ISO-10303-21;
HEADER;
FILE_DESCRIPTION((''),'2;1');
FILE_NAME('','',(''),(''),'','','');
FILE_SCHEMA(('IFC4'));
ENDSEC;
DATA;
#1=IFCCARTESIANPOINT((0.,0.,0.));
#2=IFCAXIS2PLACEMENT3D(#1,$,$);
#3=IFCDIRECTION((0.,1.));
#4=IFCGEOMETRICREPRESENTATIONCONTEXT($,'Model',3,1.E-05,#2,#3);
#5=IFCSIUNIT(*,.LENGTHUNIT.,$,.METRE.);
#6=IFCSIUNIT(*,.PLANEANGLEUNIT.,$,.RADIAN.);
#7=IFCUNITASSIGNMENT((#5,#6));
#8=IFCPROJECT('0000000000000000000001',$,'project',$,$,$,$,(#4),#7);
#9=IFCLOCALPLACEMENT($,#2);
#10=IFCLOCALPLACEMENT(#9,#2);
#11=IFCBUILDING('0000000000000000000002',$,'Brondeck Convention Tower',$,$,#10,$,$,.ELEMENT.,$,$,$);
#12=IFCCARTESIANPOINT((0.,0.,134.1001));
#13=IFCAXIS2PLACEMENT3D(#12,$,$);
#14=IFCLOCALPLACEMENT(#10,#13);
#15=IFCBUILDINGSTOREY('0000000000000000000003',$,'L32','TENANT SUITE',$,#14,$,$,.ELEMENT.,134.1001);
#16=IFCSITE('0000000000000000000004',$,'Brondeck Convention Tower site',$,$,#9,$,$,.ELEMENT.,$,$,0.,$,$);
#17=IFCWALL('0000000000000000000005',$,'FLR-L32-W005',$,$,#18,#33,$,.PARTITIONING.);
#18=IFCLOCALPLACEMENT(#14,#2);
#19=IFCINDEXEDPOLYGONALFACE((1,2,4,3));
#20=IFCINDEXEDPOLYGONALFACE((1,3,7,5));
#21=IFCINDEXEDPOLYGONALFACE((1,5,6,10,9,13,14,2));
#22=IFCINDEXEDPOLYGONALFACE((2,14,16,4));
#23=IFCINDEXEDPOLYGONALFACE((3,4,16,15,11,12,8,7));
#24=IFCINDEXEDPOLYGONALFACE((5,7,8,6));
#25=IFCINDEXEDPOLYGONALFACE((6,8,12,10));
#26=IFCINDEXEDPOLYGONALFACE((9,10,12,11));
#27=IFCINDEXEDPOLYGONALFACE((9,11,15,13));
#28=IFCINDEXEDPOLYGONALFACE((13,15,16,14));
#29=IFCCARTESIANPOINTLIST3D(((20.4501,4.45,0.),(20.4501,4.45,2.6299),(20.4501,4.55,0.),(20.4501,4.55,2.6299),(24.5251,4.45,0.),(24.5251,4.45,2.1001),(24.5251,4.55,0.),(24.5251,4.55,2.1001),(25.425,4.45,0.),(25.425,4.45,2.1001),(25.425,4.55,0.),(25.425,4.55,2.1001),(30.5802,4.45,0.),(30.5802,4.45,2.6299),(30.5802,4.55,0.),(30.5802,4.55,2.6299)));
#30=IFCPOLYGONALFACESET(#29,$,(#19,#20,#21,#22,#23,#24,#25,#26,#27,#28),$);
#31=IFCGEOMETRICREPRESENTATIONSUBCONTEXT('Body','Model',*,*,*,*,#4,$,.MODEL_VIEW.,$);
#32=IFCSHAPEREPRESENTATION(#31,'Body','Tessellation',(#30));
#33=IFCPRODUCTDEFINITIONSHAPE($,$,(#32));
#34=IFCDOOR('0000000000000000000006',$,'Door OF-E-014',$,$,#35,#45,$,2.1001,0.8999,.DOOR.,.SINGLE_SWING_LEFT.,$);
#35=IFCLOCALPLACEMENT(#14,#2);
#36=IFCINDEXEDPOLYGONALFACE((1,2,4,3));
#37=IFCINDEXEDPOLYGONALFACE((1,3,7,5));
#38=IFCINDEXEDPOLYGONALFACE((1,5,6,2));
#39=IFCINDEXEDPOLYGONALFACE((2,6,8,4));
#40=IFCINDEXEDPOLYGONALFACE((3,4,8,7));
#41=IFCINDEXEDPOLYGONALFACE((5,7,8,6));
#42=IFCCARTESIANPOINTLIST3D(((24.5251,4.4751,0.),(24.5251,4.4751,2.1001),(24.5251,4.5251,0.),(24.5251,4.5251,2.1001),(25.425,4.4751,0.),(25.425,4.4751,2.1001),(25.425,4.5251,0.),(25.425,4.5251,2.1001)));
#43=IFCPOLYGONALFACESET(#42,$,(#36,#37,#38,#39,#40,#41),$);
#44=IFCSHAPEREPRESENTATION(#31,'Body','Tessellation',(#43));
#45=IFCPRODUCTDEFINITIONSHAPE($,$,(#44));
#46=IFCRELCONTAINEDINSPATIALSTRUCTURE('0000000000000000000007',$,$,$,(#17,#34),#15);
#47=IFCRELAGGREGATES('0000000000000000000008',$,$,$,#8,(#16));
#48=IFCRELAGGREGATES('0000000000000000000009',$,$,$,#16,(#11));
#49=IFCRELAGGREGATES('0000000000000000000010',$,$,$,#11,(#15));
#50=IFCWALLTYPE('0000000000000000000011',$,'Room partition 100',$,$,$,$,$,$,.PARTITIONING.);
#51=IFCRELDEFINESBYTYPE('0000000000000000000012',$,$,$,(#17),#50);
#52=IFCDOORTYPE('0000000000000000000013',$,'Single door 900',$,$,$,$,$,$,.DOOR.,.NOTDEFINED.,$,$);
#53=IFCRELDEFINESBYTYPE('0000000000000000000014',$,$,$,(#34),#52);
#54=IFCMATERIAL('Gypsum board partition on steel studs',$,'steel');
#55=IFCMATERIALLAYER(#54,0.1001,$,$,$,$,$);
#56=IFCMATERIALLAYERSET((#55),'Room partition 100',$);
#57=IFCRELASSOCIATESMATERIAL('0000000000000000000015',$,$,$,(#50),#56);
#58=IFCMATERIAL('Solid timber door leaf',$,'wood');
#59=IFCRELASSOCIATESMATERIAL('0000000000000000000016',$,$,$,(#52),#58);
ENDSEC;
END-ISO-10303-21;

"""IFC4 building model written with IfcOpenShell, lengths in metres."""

from ifc_helpers import new_model, si_unit, direction, frame, frame_2d, origin, place, context, subcontext, project, spatial, rectangle, extrude, material, layer, layer_set, type_object, element, fill, save


model = new_model("IFC4")

# Units and contexts
model_context = context("Model", 3, precision=1e-05, world=origin(), true_north=direction((0.0, 1.0)))
body_context = subcontext(model_context, "Body", "Model", "MODEL_VIEW")
ifc_project = project(units=[si_unit("LENGTHUNIT", "METRE"), si_unit("PLANEANGLEUNIT", "RADIAN")], contexts=[model_context])

# Site, building, storey
site_placement = place(None, origin())
site = spatial("IfcSite", under=ifc_project, at=site_placement, Name="Brondeck Convention Tower site", CompositionType="ELEMENT", RefElevation=0.0)
building_placement = place(site_placement, origin())
building = spatial("IfcBuilding", under=site, at=building_placement, Name="Brondeck Convention Tower", CompositionType="ELEMENT")
storey_placement = place(building_placement, frame((0.0, 0.0, 134.1001)))
storey = spatial("IfcBuildingStorey", under=building, at=storey_placement, Name="L32", Description="TENANT SUITE", CompositionType="ELEMENT", Elevation=134.1001)

# Wall, opening, door
ifc_material_1 = material(Name="Gypsum board partition on steel studs", Category="steel")
ifc_layer_1 = layer(ifc_material_1, 0.1001)
ifc_layer_set_1 = layer_set([ifc_layer_1], Name="Room partition 100")
wall_type_1 = type_object("IfcWallType", Name="Room partition 100", PredefinedType="PARTITIONING", material=ifc_layer_set_1)
wall_1_placement = place(storey_placement, frame((30.5801, 4.5, 0.0), z_axis=(0.0, 0.0, 1.0), x_axis=(-1.0, 0.0, 0.0)))
wall_1 = element("IfcWall", 1, at=wall_1_placement, inside=storey, type_object=wall_type_1, Name="FLR-L32-W005", PredefinedType="PARTITIONING", context=body_context, shape_type="SweptSolid", body=[
    extrude(rectangle(XDim=10.1301, YDim=0.1001, at=frame_2d((5.0649, 0.0))), origin(), (0.0, 0.0, 1.0), 2.6299),
])
opening_1_placement = place(wall_1_placement, frame((5.155, 0.0, 0.0)))
opening_1 = element("IfcOpeningElement", 2, at=opening_1_placement, cuts=wall_1, PredefinedType="OPENING", context=body_context, shape_type="SweptSolid", body=[
    extrude(rectangle(XDim=0.8999, YDim=2.1001, at=frame_2d((0.45, 1.05))), frame((0.0, 0.0601, 0.0), z_axis=(0.0, -1.0, 0.0), x_axis=(1.0, 0.0, 0.0)), (0.0, 0.0, 1.0), 0.1201),
])
ifc_material_2 = material(Name="Solid timber door leaf", Category="wood")
door_type = type_object("IfcDoorType", Name="Single door 900", OperationType="NOTDEFINED", PredefinedType="DOOR", material=ifc_material_2)
door_placement = place(opening_1_placement, origin())
door = element("IfcDoor", 3, at=door_placement, inside=storey, type_object=door_type, Name="Door OF-E-014", OperationType="SINGLE_SWING_LEFT", OverallHeight=2.1001, OverallWidth=0.8999, PredefinedType="DOOR", context=body_context, shape_type="SweptSolid", body=[
    extrude(rectangle(XDim=0.8999, YDim=2.1001, at=frame_2d((0.45, 1.05))), frame((0.0, 0.0249, 0.0), z_axis=(0.0, -1.0, 0.0), x_axis=(1.0, 0.0, 0.0)), (0.0, 0.0, 1.0), 0.05),
])
fill(opening_1, door)

save(model, "model.ifc")
